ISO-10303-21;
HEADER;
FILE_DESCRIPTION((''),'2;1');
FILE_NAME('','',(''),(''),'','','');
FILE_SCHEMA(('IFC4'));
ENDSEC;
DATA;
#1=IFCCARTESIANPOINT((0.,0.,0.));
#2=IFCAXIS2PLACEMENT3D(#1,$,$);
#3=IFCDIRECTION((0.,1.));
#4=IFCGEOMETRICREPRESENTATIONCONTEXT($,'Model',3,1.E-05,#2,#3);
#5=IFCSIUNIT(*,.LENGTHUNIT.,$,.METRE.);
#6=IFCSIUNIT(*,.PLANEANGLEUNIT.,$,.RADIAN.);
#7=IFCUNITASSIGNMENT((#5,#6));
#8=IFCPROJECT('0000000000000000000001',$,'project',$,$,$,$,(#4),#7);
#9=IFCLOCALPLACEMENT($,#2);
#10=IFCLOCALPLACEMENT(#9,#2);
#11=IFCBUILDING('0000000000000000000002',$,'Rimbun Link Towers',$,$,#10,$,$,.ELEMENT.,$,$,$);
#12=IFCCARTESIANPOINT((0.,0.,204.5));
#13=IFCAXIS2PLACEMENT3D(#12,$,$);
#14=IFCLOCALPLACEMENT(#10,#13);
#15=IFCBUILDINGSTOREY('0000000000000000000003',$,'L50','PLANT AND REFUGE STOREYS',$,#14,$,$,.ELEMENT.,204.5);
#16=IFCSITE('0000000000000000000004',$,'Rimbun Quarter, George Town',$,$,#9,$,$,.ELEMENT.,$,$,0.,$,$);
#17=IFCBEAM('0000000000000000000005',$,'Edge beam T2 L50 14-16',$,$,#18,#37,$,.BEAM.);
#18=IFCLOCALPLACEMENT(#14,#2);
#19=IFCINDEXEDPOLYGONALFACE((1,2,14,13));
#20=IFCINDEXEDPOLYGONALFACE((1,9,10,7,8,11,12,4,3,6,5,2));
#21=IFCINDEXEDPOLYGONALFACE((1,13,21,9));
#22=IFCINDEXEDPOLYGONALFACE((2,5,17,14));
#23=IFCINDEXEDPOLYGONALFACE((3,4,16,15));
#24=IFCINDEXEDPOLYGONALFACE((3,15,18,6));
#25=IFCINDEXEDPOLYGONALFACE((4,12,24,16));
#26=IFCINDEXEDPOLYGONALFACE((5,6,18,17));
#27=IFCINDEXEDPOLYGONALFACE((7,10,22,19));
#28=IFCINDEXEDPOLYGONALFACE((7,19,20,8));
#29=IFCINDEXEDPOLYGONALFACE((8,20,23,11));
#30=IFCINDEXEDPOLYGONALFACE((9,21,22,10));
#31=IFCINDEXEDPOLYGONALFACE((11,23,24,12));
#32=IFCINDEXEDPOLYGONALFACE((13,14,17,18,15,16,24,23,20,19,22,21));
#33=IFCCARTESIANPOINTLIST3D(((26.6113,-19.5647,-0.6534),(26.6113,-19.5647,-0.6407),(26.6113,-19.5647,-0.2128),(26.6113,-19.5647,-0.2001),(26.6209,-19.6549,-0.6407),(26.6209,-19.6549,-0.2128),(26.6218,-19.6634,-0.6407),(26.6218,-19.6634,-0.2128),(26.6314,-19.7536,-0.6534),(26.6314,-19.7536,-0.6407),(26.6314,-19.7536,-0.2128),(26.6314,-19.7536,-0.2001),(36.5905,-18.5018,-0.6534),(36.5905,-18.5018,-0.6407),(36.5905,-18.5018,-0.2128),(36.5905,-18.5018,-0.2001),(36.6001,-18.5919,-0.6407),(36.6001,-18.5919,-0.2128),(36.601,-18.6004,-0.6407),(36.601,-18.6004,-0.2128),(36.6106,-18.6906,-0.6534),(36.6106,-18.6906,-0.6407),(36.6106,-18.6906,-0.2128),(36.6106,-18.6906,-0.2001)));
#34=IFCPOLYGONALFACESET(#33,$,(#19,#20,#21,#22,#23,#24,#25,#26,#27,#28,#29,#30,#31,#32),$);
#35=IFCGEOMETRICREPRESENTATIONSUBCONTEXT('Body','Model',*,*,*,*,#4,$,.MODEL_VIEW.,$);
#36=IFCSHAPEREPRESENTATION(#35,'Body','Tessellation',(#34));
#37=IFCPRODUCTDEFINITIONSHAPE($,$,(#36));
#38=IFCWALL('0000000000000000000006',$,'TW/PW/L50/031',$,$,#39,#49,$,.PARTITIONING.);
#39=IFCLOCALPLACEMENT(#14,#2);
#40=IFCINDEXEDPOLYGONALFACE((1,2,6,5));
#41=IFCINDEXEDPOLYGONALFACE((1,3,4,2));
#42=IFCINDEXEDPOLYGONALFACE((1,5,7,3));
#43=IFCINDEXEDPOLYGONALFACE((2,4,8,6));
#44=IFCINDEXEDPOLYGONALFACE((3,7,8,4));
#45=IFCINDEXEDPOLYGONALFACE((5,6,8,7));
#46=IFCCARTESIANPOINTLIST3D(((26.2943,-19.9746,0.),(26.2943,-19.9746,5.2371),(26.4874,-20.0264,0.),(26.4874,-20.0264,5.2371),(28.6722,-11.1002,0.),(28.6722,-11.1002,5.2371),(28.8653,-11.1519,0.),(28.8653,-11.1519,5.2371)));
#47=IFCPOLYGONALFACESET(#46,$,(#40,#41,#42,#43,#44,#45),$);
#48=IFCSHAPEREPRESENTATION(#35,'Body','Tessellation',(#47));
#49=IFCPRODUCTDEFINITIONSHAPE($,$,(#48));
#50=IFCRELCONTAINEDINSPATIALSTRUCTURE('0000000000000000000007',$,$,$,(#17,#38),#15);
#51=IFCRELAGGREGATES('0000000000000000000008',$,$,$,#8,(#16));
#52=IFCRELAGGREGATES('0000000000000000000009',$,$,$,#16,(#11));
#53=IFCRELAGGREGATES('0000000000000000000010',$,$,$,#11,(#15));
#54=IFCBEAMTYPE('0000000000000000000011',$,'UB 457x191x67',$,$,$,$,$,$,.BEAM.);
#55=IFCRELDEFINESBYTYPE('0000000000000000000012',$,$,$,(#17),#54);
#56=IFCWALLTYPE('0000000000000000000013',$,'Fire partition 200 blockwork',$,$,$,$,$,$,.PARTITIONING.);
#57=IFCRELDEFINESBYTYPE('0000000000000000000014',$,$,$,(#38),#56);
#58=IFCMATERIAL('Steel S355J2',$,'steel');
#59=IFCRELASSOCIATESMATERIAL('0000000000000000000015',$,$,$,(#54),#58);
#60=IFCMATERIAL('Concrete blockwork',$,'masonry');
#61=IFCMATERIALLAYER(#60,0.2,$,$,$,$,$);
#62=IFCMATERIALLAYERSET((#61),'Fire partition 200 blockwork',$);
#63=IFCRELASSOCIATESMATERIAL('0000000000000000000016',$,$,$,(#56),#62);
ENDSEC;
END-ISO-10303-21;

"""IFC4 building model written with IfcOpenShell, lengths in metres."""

from ifc_helpers import new_model, si_unit, direction, frame, frame_2d, origin, origin_2d, place, context, subcontext, project, spatial, rectangle, i_section, extrude, material, layer, layer_set, material_profile, profile_set, type_object, element, save


model = new_model("IFC4")

# Units and contexts
model_context = context("Model", 3, precision=1e-05, world=origin(), true_north=direction((0.0, 1.0)))
body_context = subcontext(model_context, "Body", "Model", "MODEL_VIEW")
ifc_project = project(units=[si_unit("LENGTHUNIT", "METRE"), si_unit("PLANEANGLEUNIT", "RADIAN")], contexts=[model_context])

# Site, building, storey
site_placement = place(None, origin())
site = spatial("IfcSite", under=ifc_project, at=site_placement, Name="Rimbun Quarter, George Town", CompositionType="ELEMENT", RefElevation=0.0)
building_placement = place(site_placement, origin())
building = spatial("IfcBuilding", under=site, at=building_placement, Name="Rimbun Link Towers", CompositionType="ELEMENT")
storey_placement = place(building_placement, frame((0.0, 0.0, 204.5)))
storey = spatial("IfcBuildingStorey", under=building, at=storey_placement, Name="L50", Description="PLANT AND REFUGE STOREYS", CompositionType="ELEMENT", Elevation=204.5)

# Beam
ifc_material_1 = material(Name="Steel S355J2", Category="steel")
ifc_material_profile_1 = material_profile(ifc_material_1, i_section(OverallWidth=0.1899, OverallDepth=0.4534, WebThickness=0.0085, FlangeThickness=0.0127, at=origin_2d()), Name="UB 457x191x67")
ifc_profile_set_1 = profile_set([ifc_material_profile_1], Name="Steel S355J2")
beam_type_1 = type_object("IfcBeamType", Name="UB 457x191x67", PredefinedType="BEAM", material=ifc_profile_set_1)
beam_1_placement = place(storey_placement, frame((26.6213, -19.6592, -0.4268), z_axis=(0.994375, 0.105921, 0.0), x_axis=(-0.105921, 0.994375, 0.0)))
element("IfcBeam", 1, at=beam_1_placement, inside=storey, type_object=beam_type_1, Name="Edge beam T2 L50 14-16", PredefinedType="BEAM", context=body_context, shape_type="SweptSolid", body=[
    extrude(i_section(OverallWidth=0.1899, OverallDepth=0.4534, WebThickness=0.0085, FlangeThickness=0.0127, at=origin_2d()), origin(), (0.0, 0.0, 1.0), 10.0356),
])

# Wall
ifc_material_2 = material(Name="Concrete blockwork", Category="masonry")
ifc_layer = layer(ifc_material_2, 0.2)
ifc_layer_set = layer_set([ifc_layer], Name="Fire partition 200 blockwork")
wall_type = type_object("IfcWallType", Name="Fire partition 200 blockwork", PredefinedType="PARTITIONING", material=ifc_layer_set)
wall_placement = place(storey_placement, frame((26.3909, -20.0005, 0.0), z_axis=(0.0, 0.0, 1.0), x_axis=(0.25882, 0.965926, 0.0)))
element("IfcWall", 2, at=wall_placement, inside=storey, type_object=wall_type, Name="TW/PW/L50/031", PredefinedType="PARTITIONING", context=body_context, shape_type="SweptSolid", body=[
    extrude(rectangle(XDim=9.1875, YDim=0.2, at=frame_2d((4.5938, 0.0))), origin(), (0.0, 0.0, 1.0), 5.2371),
])

save(model, "model.ifc")
